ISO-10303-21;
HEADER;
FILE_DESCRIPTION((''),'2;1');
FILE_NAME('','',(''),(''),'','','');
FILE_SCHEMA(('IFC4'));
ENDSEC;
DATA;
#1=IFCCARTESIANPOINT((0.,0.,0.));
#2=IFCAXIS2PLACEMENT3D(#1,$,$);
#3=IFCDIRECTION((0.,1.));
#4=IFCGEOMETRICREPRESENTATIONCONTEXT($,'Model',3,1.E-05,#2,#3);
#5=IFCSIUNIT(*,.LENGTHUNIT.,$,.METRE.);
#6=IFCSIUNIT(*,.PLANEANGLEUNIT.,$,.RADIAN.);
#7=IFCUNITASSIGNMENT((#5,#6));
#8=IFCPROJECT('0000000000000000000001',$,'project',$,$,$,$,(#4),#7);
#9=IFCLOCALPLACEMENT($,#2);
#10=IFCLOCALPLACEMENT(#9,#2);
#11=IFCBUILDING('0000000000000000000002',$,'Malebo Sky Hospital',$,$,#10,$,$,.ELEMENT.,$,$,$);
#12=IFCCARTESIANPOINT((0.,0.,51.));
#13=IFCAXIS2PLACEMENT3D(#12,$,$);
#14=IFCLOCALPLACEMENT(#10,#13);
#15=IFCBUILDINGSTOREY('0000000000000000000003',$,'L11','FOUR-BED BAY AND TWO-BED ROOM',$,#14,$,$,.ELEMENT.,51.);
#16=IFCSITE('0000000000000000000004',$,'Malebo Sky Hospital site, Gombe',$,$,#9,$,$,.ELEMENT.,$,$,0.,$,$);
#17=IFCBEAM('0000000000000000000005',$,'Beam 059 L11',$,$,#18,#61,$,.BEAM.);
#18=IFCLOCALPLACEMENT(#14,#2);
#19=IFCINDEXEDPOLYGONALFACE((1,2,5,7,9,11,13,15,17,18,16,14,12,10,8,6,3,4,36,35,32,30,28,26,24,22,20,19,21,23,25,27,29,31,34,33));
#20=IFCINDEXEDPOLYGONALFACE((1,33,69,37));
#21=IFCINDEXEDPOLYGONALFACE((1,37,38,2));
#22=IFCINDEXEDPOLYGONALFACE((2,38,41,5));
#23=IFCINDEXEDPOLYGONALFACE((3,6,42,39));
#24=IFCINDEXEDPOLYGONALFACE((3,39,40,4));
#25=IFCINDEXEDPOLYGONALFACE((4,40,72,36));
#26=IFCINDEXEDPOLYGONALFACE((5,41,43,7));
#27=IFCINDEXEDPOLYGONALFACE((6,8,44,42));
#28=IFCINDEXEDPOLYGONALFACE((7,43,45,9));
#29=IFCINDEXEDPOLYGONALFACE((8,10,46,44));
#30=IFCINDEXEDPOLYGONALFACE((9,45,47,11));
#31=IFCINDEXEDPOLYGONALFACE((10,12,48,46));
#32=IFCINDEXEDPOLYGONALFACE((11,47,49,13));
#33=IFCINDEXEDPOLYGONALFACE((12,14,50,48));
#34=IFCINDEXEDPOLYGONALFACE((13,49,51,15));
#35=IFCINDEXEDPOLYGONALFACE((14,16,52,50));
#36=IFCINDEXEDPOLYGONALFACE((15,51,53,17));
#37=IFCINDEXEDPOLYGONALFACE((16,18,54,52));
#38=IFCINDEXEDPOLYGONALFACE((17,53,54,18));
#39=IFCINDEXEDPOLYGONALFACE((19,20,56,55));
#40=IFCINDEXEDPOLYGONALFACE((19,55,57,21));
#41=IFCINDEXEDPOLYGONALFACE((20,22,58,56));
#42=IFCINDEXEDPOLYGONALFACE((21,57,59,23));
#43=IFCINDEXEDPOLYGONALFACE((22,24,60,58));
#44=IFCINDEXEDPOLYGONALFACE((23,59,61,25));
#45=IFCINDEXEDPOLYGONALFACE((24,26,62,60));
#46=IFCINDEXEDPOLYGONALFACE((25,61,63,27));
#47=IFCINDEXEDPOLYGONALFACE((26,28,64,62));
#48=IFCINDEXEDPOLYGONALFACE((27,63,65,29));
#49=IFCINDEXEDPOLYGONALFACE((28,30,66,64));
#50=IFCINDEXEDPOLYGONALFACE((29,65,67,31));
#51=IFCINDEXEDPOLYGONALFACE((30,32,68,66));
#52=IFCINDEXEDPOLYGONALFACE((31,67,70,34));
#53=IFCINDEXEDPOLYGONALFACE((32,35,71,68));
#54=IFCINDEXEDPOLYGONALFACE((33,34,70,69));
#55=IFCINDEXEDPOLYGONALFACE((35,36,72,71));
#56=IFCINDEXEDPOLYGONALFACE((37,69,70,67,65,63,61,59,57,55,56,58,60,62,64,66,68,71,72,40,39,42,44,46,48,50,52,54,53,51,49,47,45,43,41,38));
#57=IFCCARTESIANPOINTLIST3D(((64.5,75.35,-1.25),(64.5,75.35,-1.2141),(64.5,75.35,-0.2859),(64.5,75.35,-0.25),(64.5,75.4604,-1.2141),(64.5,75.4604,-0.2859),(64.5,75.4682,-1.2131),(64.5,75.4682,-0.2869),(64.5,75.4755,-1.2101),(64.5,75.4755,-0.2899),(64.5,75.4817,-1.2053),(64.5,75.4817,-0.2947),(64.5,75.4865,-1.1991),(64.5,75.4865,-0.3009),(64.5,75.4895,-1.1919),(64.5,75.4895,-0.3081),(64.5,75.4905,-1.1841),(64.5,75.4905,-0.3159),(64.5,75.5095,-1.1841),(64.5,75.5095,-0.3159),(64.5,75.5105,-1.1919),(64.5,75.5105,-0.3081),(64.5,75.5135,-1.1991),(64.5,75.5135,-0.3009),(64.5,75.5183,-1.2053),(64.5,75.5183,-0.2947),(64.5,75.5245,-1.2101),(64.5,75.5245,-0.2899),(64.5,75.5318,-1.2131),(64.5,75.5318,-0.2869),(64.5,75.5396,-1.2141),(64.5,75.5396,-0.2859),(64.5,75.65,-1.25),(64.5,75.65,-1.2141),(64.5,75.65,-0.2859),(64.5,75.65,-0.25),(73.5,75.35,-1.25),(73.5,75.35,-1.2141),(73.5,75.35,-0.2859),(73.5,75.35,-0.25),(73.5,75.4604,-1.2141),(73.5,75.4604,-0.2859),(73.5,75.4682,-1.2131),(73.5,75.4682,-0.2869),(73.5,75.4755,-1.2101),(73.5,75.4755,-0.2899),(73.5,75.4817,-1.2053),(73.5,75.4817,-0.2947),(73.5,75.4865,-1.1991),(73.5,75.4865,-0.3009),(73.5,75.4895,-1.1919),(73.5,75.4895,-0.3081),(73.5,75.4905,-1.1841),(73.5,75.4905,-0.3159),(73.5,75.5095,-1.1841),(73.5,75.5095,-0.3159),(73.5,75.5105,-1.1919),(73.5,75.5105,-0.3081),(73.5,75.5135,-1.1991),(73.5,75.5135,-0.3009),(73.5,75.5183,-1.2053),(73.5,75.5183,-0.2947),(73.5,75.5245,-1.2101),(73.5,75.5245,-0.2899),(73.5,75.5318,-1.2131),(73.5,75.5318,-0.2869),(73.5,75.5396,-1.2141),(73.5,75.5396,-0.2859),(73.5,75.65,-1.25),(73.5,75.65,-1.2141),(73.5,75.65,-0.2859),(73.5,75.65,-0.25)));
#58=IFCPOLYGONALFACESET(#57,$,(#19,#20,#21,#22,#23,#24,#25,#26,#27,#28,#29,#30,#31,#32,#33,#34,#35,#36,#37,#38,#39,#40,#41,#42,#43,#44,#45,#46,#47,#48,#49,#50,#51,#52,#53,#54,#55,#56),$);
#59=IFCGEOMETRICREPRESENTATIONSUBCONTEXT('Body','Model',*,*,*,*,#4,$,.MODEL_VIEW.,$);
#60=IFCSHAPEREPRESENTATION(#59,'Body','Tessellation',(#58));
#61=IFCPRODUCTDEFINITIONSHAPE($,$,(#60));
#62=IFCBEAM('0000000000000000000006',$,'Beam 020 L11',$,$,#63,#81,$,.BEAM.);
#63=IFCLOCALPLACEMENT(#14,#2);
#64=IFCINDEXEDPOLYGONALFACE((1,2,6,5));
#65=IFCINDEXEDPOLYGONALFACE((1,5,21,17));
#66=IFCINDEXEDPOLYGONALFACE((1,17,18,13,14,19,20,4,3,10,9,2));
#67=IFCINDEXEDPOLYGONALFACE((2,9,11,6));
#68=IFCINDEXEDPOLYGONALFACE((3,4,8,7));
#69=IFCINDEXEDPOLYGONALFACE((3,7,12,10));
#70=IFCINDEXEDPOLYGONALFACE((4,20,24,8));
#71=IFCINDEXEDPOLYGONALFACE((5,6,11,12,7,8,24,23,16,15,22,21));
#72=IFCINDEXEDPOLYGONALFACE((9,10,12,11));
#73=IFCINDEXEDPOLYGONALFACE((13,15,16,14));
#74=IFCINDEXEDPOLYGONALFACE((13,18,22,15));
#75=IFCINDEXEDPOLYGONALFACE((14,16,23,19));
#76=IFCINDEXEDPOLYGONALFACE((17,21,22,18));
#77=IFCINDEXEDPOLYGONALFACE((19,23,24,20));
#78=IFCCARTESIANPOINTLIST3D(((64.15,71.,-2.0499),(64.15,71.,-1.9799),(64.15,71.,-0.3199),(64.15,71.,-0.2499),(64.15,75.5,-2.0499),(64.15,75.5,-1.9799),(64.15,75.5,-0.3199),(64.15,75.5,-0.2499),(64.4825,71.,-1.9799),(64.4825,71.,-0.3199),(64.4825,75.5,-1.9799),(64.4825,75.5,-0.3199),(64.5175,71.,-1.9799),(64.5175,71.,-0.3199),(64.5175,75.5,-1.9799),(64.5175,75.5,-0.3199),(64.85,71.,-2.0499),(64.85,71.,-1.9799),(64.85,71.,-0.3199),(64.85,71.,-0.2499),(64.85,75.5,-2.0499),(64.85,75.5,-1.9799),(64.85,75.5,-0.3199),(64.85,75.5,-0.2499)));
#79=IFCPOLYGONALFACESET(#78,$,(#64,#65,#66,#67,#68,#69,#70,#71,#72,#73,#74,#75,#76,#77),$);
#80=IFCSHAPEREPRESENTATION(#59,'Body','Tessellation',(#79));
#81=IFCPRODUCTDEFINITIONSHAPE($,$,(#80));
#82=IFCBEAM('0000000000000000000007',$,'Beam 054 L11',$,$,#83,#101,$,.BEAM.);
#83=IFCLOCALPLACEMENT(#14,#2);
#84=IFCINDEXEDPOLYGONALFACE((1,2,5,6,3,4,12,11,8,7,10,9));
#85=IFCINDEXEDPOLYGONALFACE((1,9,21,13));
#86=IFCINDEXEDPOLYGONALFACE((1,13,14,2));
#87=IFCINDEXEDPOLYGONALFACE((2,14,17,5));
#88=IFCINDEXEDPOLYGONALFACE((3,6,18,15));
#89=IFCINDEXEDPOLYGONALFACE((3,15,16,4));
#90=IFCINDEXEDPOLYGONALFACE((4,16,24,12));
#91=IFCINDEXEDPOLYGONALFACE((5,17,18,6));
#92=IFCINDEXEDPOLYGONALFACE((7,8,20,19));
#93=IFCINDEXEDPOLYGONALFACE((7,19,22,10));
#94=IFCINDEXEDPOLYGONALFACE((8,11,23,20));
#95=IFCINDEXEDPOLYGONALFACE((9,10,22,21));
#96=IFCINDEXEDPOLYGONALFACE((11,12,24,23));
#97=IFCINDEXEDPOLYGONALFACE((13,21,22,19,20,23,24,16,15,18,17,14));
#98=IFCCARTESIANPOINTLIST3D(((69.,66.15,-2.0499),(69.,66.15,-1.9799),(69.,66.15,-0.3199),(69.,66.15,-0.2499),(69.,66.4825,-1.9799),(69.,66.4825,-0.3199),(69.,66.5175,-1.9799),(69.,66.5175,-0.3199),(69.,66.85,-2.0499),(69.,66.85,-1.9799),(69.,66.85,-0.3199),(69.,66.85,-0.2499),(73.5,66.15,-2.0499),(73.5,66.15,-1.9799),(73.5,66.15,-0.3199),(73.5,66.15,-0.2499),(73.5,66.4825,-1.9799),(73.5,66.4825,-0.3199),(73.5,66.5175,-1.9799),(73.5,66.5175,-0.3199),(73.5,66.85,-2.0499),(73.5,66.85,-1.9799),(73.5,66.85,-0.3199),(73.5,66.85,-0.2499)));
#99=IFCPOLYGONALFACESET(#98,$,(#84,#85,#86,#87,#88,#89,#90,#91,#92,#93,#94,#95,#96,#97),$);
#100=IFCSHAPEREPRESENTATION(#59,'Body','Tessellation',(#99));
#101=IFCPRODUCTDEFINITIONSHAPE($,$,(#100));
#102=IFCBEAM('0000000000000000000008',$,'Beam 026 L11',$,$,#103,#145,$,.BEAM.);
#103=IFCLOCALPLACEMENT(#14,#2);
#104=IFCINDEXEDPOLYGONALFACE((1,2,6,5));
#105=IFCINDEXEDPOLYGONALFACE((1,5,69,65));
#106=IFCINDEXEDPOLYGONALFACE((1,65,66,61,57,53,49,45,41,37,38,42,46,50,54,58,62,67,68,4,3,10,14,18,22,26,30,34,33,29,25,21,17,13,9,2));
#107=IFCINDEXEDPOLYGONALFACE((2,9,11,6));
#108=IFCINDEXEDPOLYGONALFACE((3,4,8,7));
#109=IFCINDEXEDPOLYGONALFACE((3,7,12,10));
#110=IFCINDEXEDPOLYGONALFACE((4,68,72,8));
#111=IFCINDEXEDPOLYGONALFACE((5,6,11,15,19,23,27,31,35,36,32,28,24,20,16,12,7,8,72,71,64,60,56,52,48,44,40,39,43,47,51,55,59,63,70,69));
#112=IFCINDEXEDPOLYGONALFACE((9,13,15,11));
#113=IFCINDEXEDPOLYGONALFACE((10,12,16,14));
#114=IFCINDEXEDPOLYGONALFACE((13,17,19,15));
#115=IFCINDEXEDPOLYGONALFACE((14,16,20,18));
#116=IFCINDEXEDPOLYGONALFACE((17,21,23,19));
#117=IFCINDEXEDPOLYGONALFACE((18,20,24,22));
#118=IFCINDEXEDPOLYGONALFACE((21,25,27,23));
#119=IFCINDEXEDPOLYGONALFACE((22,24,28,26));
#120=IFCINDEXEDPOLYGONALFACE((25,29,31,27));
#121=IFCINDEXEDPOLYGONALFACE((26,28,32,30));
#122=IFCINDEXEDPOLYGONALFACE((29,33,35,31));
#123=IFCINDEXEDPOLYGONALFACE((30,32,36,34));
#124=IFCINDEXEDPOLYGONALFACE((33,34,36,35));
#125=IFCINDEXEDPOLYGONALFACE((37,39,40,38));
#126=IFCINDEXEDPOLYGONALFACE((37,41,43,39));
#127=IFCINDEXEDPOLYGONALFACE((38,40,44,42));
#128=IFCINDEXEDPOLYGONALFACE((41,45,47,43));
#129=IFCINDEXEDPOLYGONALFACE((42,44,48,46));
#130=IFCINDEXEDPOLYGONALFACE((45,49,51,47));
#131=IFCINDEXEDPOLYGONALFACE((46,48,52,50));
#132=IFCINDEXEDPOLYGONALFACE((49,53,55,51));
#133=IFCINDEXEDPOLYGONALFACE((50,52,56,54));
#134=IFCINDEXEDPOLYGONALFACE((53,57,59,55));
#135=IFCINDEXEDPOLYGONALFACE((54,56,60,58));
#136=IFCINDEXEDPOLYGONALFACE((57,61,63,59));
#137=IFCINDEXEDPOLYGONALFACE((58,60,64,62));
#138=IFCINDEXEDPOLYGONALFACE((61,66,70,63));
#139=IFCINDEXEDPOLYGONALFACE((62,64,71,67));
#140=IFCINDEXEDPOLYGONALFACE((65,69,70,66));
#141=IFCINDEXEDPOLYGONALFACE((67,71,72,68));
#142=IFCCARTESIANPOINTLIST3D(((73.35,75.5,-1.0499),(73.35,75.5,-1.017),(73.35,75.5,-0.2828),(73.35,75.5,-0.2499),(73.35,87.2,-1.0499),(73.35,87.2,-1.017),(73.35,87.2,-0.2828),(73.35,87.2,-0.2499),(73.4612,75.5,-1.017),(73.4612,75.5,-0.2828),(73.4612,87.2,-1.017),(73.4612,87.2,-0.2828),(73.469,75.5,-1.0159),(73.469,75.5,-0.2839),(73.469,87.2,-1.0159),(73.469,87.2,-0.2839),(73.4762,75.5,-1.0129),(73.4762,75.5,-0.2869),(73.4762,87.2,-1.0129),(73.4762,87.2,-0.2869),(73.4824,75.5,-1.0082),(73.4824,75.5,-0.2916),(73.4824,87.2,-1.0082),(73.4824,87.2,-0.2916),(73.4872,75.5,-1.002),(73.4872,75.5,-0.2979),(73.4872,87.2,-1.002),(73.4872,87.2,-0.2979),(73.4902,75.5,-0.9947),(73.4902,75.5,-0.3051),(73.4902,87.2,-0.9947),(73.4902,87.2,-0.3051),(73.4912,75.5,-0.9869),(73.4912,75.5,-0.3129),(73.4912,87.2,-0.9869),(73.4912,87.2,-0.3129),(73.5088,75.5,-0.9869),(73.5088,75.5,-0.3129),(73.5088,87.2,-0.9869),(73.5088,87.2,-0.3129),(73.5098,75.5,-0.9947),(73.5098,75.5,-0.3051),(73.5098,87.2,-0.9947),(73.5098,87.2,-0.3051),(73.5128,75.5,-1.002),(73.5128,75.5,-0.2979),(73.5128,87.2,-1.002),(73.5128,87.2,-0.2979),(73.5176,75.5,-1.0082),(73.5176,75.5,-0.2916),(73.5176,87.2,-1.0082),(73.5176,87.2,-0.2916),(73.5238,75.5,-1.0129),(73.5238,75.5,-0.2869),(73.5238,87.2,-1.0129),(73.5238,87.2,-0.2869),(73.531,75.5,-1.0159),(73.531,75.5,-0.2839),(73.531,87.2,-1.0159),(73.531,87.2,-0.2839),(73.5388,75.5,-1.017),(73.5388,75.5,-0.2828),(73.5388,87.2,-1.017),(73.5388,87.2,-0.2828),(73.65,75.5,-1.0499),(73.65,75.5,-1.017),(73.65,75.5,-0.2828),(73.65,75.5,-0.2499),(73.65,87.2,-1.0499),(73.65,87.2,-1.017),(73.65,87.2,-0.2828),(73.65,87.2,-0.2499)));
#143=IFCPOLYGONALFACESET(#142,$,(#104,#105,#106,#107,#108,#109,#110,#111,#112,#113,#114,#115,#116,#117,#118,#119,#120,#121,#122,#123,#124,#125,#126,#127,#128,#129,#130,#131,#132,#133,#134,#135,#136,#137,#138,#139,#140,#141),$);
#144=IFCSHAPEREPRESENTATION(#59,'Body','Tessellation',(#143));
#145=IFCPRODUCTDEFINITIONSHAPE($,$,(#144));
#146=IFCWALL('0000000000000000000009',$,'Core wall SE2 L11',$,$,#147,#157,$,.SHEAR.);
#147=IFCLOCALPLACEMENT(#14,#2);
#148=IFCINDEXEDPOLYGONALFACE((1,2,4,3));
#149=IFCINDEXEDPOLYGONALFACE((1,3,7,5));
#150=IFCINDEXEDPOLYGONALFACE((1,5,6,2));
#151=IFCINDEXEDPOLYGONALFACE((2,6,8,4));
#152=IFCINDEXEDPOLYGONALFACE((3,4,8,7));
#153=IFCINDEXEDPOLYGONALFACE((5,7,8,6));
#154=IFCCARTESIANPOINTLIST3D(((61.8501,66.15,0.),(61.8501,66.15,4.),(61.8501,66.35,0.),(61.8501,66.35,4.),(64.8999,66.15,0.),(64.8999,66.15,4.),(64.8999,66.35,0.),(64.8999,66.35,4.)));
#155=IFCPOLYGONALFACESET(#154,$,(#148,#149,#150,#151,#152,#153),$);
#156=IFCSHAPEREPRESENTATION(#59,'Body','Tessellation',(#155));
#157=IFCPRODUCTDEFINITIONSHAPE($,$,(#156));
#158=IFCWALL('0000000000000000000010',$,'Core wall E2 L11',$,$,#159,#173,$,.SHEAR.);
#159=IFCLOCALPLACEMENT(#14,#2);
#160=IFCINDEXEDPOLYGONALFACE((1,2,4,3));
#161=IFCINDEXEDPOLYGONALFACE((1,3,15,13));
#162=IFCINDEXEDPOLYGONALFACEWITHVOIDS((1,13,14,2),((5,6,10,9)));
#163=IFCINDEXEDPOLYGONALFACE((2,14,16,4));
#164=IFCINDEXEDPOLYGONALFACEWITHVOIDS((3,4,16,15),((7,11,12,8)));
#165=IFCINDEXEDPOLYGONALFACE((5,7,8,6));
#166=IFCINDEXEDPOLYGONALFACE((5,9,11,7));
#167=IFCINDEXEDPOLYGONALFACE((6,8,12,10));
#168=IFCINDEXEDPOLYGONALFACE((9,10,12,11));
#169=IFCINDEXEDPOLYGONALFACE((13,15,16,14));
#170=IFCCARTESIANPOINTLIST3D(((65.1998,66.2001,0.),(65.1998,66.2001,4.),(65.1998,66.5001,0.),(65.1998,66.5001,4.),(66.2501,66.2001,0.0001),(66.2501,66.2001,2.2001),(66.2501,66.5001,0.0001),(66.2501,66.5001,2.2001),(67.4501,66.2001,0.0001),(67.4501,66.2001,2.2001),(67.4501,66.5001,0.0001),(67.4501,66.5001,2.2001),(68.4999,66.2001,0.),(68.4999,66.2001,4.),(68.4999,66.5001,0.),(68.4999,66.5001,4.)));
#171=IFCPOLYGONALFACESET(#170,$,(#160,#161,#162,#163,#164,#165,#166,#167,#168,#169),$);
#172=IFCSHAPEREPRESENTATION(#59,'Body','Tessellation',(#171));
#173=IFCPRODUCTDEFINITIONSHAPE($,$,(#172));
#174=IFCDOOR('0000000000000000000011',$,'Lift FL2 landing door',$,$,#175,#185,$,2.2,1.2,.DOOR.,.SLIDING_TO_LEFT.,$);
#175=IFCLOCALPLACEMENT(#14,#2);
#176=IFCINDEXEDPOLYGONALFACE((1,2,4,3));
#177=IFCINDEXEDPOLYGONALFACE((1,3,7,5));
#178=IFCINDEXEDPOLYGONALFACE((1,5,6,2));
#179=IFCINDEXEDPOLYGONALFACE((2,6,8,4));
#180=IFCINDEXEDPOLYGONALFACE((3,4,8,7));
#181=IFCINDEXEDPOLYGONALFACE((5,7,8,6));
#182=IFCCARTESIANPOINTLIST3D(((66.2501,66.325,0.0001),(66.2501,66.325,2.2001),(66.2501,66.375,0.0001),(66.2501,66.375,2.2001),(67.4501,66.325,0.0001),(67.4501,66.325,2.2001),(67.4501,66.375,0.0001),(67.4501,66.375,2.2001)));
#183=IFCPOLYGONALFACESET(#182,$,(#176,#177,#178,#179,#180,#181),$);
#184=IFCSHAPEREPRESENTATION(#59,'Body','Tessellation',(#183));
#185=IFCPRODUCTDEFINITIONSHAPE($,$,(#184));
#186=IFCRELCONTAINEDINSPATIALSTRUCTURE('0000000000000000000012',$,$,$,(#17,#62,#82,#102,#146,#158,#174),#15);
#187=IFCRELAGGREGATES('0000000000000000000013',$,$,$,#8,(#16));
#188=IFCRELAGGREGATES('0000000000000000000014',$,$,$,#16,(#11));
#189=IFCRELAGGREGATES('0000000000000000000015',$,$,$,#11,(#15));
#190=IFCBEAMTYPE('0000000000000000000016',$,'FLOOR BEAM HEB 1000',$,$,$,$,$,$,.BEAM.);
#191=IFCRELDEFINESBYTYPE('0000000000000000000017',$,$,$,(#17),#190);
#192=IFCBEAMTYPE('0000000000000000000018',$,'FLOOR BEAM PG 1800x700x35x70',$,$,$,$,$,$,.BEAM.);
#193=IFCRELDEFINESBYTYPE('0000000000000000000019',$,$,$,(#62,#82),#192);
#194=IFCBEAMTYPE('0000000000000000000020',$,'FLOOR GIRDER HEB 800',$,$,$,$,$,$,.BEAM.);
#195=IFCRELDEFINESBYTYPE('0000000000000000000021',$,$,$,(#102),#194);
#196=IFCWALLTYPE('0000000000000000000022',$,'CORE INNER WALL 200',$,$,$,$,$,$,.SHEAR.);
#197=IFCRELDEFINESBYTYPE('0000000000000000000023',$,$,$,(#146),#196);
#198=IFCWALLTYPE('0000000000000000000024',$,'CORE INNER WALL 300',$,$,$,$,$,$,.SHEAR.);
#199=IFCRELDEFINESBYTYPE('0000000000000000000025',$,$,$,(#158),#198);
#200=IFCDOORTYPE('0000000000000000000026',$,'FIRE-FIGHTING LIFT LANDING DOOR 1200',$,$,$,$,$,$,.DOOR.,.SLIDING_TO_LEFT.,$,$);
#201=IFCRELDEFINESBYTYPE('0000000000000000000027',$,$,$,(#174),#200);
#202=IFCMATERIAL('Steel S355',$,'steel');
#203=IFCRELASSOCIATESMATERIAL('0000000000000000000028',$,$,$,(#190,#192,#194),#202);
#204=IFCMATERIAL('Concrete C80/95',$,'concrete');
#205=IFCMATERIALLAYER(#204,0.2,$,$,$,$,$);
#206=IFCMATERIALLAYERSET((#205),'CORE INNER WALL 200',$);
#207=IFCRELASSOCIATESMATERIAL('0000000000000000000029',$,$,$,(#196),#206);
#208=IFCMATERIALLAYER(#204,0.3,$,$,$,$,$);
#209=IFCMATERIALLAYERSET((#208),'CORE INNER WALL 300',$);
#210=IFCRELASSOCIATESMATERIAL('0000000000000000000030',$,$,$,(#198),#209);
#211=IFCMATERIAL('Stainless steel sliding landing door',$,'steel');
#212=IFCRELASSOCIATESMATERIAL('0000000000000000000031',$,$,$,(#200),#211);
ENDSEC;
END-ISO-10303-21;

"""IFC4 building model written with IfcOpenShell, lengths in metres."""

from ifc_helpers import new_model, si_unit, direction, frame, frame_2d, origin, origin_2d, place, context, subcontext, project, spatial, rectangle, i_section, extrude, material, layer, layer_set, material_profile, profile_set, type_object, element, fill, save


model = new_model("IFC4")

# Units and contexts
model_context = context("Model", 3, precision=1e-05, world=origin(), true_north=direction((0.0, 1.0)))
body_context = subcontext(model_context, "Body", "Model", "MODEL_VIEW")
ifc_project = project(units=[si_unit("LENGTHUNIT", "METRE"), si_unit("PLANEANGLEUNIT", "RADIAN")], contexts=[model_context])

# Site, building, storey
site_placement = place(None, origin())
site = spatial("IfcSite", under=ifc_project, at=site_placement, Name="Malebo Sky Hospital site, Gombe", CompositionType="ELEMENT", RefElevation=0.0)
building_placement = place(site_placement, origin())
building = spatial("IfcBuilding", under=site, at=building_placement, Name="Malebo Sky Hospital", CompositionType="ELEMENT")
storey_placement = place(building_placement, frame((0.0, 0.0, 51.0)))
storey = spatial("IfcBuildingStorey", under=building, at=storey_placement, Name="L11", Description="FOUR-BED BAY AND TWO-BED ROOM", CompositionType="ELEMENT", Elevation=51.0)

# Beams
ifc_material_1 = material(Name="Steel S355", Category="steel")
ifc_material_profile_1 = material_profile(ifc_material_1, i_section(OverallWidth=0.3, OverallDepth=1.0, WebThickness=0.019, FlangeThickness=0.0359, FilletRadius=0.03, at=origin_2d()), Name="HEB 1000")
ifc_profile_set_1 = profile_set([ifc_material_profile_1], Name="Steel S355")
beam_type_1 = type_object("IfcBeamType", Name="FLOOR BEAM HEB 1000", PredefinedType="BEAM", material=ifc_profile_set_1)
beam_1_placement = place(storey_placement, frame((64.5, 75.5, -0.75), z_axis=(1.0, 0.0, 0.0), x_axis=(0.0, 1.0, 0.0)))
element("IfcBeam", 1, at=beam_1_placement, inside=storey, type_object=beam_type_1, Name="Beam 059 L11", PredefinedType="BEAM", context=body_context, shape_type="SweptSolid", body=[
    extrude(i_section(OverallWidth=0.3, OverallDepth=1.0, WebThickness=0.019, FlangeThickness=0.0359, FilletRadius=0.03, at=origin_2d()), origin(), (0.0, 0.0, 1.0), 9.0),
])
ifc_material_profile_2 = material_profile(ifc_material_1, i_section(OverallWidth=0.7, OverallDepth=1.8, WebThickness=0.0349, FlangeThickness=0.0701, at=origin_2d()), Name="PG 1800x700x35x70")
ifc_profile_set_2 = profile_set([ifc_material_profile_2], Name="Steel S355")
beam_type_2 = type_object("IfcBeamType", Name="FLOOR BEAM PG 1800x700x35x70", PredefinedType="BEAM", material=ifc_profile_set_2)
for number, where, z_axis, x_axis, name in (
    (2, (64.5, 71.0, -1.1499), (0.0, 1.0, 0.0), (-1.0, 0.0, 0.0), "Beam 020 L11"),
    (3, (69.0, 66.5, -1.1499), (1.0, 0.0, 0.0), (0.0, 1.0, 0.0), "Beam 054 L11"),
):
    element("IfcBeam", number, at=place(storey_placement, frame(where, z_axis=z_axis, x_axis=x_axis)), inside=storey, type_object=beam_type_2, Name=name, PredefinedType="BEAM", context=body_context, shape_type="SweptSolid", body=[
        extrude(i_section(OverallWidth=0.7, OverallDepth=1.8, WebThickness=0.0349, FlangeThickness=0.0701, at=origin_2d()), origin(), (0.0, 0.0, 1.0), 4.5),
    ])
ifc_material_profile_3 = material_profile(ifc_material_1, i_section(OverallWidth=0.3, OverallDepth=0.8, WebThickness=0.0176, FlangeThickness=0.033, FilletRadius=0.03, at=origin_2d()), Name="HEB 800")
ifc_profile_set_3 = profile_set([ifc_material_profile_3], Name="Steel S355")
beam_type_3 = type_object("IfcBeamType", Name="FLOOR GIRDER HEB 800", PredefinedType="BEAM", material=ifc_profile_set_3)
beam_2_placement = place(storey_placement, frame((73.5, 75.5, -0.6499), z_axis=(0.0, 1.0, 0.0), x_axis=(-1.0, 0.0, 0.0)))
element("IfcBeam", 4, at=beam_2_placement, inside=storey, type_object=beam_type_3, Name="Beam 026 L11", PredefinedType="BEAM", context=body_context, shape_type="SweptSolid", body=[
    extrude(i_section(OverallWidth=0.3, OverallDepth=0.8, WebThickness=0.0176, FlangeThickness=0.033, FilletRadius=0.03, at=origin_2d()), origin(), (0.0, 0.0, 1.0), 11.7),
])

# Wall
ifc_material_2 = material(Name="Concrete C80/95", Category="concrete")
ifc_layer_1 = layer(ifc_material_2, 0.2)
ifc_layer_set_1 = layer_set([ifc_layer_1], Name="CORE INNER WALL 200")
wall_type_1 = type_object("IfcWallType", Name="CORE INNER WALL 200", PredefinedType="SHEAR", material=ifc_layer_set_1)
wall_1_placement = place(storey_placement, frame((61.8501, 66.25, 0.0), z_axis=(0.0, 0.0, 1.0), x_axis=(1.0, 0.0, 0.0)))
element("IfcWall", 5, at=wall_1_placement, inside=storey, type_object=wall_type_1, Name="Core wall SE2 L11", PredefinedType="SHEAR", context=body_context, shape_type="SweptSolid", body=[
    extrude(rectangle(XDim=3.0498, YDim=0.2, at=frame_2d((1.5249, 0.0))), origin(), (0.0, 0.0, 1.0), 4.0),
])

# Wall, opening, door
ifc_layer_2 = layer(ifc_material_2, 0.3)
ifc_layer_set_2 = layer_set([ifc_layer_2], Name="CORE INNER WALL 300")
wall_type_2 = type_object("IfcWallType", Name="CORE INNER WALL 300", PredefinedType="SHEAR", material=ifc_layer_set_2)
wall_2_placement = place(storey_placement, frame((65.2, 66.3501, 0.0), z_axis=(0.0, 0.0, 1.0), x_axis=(1.0, 0.0, 0.0)))
wall_2 = element("IfcWall", 6, at=wall_2_placement, inside=storey, type_object=wall_type_2, Name="Core wall E2 L11", PredefinedType="SHEAR", context=body_context, shape_type="SweptSolid", body=[
    extrude(rectangle(XDim=3.3, YDim=0.3, at=frame_2d((1.6499, 0.0))), origin(), (0.0, 0.0, 1.0), 4.0),
])
opening_1_placement = place(wall_2_placement, frame((1.05, 0.0, 0.0)))
opening_1 = element("IfcOpeningElement", 7, at=opening_1_placement, cuts=wall_2, PredefinedType="OPENING", context=body_context, shape_type="SweptSolid", body=[
    extrude(rectangle(XDim=1.2, YDim=2.2, at=frame_2d((0.6001, 1.1001))), frame((0.0, 0.1599, 0.0), z_axis=(0.0, -1.0, 0.0), x_axis=(1.0, 0.0, 0.0)), (0.0, 0.0, 1.0), 0.3201),
])
ifc_material_3 = material(Name="Stainless steel sliding landing door", Category="steel")
door_type_1 = type_object("IfcDoorType", Name="FIRE-FIGHTING LIFT LANDING DOOR 1200", OperationType="SLIDING_TO_LEFT", PredefinedType="DOOR", material=ifc_material_3)
door_1_placement = place(opening_1_placement, origin())
door_1 = element("IfcDoor", 8, at=door_1_placement, inside=storey, type_object=door_type_1, Name="Lift FL2 landing door", OperationType="SLIDING_TO_LEFT", OverallHeight=2.2, OverallWidth=1.2, PredefinedType="DOOR", context=body_context, shape_type="SweptSolid", body=[
    extrude(rectangle(XDim=1.2, YDim=2.2, at=frame_2d((0.6001, 1.1001))), frame((0.0, 0.0249, 0.0), z_axis=(0.0, -1.0, 0.0), x_axis=(1.0, 0.0, 0.0)), (0.0, 0.0, 1.0), 0.05),
])
fill(opening_1, door_1)

save(model, "model.ifc")
